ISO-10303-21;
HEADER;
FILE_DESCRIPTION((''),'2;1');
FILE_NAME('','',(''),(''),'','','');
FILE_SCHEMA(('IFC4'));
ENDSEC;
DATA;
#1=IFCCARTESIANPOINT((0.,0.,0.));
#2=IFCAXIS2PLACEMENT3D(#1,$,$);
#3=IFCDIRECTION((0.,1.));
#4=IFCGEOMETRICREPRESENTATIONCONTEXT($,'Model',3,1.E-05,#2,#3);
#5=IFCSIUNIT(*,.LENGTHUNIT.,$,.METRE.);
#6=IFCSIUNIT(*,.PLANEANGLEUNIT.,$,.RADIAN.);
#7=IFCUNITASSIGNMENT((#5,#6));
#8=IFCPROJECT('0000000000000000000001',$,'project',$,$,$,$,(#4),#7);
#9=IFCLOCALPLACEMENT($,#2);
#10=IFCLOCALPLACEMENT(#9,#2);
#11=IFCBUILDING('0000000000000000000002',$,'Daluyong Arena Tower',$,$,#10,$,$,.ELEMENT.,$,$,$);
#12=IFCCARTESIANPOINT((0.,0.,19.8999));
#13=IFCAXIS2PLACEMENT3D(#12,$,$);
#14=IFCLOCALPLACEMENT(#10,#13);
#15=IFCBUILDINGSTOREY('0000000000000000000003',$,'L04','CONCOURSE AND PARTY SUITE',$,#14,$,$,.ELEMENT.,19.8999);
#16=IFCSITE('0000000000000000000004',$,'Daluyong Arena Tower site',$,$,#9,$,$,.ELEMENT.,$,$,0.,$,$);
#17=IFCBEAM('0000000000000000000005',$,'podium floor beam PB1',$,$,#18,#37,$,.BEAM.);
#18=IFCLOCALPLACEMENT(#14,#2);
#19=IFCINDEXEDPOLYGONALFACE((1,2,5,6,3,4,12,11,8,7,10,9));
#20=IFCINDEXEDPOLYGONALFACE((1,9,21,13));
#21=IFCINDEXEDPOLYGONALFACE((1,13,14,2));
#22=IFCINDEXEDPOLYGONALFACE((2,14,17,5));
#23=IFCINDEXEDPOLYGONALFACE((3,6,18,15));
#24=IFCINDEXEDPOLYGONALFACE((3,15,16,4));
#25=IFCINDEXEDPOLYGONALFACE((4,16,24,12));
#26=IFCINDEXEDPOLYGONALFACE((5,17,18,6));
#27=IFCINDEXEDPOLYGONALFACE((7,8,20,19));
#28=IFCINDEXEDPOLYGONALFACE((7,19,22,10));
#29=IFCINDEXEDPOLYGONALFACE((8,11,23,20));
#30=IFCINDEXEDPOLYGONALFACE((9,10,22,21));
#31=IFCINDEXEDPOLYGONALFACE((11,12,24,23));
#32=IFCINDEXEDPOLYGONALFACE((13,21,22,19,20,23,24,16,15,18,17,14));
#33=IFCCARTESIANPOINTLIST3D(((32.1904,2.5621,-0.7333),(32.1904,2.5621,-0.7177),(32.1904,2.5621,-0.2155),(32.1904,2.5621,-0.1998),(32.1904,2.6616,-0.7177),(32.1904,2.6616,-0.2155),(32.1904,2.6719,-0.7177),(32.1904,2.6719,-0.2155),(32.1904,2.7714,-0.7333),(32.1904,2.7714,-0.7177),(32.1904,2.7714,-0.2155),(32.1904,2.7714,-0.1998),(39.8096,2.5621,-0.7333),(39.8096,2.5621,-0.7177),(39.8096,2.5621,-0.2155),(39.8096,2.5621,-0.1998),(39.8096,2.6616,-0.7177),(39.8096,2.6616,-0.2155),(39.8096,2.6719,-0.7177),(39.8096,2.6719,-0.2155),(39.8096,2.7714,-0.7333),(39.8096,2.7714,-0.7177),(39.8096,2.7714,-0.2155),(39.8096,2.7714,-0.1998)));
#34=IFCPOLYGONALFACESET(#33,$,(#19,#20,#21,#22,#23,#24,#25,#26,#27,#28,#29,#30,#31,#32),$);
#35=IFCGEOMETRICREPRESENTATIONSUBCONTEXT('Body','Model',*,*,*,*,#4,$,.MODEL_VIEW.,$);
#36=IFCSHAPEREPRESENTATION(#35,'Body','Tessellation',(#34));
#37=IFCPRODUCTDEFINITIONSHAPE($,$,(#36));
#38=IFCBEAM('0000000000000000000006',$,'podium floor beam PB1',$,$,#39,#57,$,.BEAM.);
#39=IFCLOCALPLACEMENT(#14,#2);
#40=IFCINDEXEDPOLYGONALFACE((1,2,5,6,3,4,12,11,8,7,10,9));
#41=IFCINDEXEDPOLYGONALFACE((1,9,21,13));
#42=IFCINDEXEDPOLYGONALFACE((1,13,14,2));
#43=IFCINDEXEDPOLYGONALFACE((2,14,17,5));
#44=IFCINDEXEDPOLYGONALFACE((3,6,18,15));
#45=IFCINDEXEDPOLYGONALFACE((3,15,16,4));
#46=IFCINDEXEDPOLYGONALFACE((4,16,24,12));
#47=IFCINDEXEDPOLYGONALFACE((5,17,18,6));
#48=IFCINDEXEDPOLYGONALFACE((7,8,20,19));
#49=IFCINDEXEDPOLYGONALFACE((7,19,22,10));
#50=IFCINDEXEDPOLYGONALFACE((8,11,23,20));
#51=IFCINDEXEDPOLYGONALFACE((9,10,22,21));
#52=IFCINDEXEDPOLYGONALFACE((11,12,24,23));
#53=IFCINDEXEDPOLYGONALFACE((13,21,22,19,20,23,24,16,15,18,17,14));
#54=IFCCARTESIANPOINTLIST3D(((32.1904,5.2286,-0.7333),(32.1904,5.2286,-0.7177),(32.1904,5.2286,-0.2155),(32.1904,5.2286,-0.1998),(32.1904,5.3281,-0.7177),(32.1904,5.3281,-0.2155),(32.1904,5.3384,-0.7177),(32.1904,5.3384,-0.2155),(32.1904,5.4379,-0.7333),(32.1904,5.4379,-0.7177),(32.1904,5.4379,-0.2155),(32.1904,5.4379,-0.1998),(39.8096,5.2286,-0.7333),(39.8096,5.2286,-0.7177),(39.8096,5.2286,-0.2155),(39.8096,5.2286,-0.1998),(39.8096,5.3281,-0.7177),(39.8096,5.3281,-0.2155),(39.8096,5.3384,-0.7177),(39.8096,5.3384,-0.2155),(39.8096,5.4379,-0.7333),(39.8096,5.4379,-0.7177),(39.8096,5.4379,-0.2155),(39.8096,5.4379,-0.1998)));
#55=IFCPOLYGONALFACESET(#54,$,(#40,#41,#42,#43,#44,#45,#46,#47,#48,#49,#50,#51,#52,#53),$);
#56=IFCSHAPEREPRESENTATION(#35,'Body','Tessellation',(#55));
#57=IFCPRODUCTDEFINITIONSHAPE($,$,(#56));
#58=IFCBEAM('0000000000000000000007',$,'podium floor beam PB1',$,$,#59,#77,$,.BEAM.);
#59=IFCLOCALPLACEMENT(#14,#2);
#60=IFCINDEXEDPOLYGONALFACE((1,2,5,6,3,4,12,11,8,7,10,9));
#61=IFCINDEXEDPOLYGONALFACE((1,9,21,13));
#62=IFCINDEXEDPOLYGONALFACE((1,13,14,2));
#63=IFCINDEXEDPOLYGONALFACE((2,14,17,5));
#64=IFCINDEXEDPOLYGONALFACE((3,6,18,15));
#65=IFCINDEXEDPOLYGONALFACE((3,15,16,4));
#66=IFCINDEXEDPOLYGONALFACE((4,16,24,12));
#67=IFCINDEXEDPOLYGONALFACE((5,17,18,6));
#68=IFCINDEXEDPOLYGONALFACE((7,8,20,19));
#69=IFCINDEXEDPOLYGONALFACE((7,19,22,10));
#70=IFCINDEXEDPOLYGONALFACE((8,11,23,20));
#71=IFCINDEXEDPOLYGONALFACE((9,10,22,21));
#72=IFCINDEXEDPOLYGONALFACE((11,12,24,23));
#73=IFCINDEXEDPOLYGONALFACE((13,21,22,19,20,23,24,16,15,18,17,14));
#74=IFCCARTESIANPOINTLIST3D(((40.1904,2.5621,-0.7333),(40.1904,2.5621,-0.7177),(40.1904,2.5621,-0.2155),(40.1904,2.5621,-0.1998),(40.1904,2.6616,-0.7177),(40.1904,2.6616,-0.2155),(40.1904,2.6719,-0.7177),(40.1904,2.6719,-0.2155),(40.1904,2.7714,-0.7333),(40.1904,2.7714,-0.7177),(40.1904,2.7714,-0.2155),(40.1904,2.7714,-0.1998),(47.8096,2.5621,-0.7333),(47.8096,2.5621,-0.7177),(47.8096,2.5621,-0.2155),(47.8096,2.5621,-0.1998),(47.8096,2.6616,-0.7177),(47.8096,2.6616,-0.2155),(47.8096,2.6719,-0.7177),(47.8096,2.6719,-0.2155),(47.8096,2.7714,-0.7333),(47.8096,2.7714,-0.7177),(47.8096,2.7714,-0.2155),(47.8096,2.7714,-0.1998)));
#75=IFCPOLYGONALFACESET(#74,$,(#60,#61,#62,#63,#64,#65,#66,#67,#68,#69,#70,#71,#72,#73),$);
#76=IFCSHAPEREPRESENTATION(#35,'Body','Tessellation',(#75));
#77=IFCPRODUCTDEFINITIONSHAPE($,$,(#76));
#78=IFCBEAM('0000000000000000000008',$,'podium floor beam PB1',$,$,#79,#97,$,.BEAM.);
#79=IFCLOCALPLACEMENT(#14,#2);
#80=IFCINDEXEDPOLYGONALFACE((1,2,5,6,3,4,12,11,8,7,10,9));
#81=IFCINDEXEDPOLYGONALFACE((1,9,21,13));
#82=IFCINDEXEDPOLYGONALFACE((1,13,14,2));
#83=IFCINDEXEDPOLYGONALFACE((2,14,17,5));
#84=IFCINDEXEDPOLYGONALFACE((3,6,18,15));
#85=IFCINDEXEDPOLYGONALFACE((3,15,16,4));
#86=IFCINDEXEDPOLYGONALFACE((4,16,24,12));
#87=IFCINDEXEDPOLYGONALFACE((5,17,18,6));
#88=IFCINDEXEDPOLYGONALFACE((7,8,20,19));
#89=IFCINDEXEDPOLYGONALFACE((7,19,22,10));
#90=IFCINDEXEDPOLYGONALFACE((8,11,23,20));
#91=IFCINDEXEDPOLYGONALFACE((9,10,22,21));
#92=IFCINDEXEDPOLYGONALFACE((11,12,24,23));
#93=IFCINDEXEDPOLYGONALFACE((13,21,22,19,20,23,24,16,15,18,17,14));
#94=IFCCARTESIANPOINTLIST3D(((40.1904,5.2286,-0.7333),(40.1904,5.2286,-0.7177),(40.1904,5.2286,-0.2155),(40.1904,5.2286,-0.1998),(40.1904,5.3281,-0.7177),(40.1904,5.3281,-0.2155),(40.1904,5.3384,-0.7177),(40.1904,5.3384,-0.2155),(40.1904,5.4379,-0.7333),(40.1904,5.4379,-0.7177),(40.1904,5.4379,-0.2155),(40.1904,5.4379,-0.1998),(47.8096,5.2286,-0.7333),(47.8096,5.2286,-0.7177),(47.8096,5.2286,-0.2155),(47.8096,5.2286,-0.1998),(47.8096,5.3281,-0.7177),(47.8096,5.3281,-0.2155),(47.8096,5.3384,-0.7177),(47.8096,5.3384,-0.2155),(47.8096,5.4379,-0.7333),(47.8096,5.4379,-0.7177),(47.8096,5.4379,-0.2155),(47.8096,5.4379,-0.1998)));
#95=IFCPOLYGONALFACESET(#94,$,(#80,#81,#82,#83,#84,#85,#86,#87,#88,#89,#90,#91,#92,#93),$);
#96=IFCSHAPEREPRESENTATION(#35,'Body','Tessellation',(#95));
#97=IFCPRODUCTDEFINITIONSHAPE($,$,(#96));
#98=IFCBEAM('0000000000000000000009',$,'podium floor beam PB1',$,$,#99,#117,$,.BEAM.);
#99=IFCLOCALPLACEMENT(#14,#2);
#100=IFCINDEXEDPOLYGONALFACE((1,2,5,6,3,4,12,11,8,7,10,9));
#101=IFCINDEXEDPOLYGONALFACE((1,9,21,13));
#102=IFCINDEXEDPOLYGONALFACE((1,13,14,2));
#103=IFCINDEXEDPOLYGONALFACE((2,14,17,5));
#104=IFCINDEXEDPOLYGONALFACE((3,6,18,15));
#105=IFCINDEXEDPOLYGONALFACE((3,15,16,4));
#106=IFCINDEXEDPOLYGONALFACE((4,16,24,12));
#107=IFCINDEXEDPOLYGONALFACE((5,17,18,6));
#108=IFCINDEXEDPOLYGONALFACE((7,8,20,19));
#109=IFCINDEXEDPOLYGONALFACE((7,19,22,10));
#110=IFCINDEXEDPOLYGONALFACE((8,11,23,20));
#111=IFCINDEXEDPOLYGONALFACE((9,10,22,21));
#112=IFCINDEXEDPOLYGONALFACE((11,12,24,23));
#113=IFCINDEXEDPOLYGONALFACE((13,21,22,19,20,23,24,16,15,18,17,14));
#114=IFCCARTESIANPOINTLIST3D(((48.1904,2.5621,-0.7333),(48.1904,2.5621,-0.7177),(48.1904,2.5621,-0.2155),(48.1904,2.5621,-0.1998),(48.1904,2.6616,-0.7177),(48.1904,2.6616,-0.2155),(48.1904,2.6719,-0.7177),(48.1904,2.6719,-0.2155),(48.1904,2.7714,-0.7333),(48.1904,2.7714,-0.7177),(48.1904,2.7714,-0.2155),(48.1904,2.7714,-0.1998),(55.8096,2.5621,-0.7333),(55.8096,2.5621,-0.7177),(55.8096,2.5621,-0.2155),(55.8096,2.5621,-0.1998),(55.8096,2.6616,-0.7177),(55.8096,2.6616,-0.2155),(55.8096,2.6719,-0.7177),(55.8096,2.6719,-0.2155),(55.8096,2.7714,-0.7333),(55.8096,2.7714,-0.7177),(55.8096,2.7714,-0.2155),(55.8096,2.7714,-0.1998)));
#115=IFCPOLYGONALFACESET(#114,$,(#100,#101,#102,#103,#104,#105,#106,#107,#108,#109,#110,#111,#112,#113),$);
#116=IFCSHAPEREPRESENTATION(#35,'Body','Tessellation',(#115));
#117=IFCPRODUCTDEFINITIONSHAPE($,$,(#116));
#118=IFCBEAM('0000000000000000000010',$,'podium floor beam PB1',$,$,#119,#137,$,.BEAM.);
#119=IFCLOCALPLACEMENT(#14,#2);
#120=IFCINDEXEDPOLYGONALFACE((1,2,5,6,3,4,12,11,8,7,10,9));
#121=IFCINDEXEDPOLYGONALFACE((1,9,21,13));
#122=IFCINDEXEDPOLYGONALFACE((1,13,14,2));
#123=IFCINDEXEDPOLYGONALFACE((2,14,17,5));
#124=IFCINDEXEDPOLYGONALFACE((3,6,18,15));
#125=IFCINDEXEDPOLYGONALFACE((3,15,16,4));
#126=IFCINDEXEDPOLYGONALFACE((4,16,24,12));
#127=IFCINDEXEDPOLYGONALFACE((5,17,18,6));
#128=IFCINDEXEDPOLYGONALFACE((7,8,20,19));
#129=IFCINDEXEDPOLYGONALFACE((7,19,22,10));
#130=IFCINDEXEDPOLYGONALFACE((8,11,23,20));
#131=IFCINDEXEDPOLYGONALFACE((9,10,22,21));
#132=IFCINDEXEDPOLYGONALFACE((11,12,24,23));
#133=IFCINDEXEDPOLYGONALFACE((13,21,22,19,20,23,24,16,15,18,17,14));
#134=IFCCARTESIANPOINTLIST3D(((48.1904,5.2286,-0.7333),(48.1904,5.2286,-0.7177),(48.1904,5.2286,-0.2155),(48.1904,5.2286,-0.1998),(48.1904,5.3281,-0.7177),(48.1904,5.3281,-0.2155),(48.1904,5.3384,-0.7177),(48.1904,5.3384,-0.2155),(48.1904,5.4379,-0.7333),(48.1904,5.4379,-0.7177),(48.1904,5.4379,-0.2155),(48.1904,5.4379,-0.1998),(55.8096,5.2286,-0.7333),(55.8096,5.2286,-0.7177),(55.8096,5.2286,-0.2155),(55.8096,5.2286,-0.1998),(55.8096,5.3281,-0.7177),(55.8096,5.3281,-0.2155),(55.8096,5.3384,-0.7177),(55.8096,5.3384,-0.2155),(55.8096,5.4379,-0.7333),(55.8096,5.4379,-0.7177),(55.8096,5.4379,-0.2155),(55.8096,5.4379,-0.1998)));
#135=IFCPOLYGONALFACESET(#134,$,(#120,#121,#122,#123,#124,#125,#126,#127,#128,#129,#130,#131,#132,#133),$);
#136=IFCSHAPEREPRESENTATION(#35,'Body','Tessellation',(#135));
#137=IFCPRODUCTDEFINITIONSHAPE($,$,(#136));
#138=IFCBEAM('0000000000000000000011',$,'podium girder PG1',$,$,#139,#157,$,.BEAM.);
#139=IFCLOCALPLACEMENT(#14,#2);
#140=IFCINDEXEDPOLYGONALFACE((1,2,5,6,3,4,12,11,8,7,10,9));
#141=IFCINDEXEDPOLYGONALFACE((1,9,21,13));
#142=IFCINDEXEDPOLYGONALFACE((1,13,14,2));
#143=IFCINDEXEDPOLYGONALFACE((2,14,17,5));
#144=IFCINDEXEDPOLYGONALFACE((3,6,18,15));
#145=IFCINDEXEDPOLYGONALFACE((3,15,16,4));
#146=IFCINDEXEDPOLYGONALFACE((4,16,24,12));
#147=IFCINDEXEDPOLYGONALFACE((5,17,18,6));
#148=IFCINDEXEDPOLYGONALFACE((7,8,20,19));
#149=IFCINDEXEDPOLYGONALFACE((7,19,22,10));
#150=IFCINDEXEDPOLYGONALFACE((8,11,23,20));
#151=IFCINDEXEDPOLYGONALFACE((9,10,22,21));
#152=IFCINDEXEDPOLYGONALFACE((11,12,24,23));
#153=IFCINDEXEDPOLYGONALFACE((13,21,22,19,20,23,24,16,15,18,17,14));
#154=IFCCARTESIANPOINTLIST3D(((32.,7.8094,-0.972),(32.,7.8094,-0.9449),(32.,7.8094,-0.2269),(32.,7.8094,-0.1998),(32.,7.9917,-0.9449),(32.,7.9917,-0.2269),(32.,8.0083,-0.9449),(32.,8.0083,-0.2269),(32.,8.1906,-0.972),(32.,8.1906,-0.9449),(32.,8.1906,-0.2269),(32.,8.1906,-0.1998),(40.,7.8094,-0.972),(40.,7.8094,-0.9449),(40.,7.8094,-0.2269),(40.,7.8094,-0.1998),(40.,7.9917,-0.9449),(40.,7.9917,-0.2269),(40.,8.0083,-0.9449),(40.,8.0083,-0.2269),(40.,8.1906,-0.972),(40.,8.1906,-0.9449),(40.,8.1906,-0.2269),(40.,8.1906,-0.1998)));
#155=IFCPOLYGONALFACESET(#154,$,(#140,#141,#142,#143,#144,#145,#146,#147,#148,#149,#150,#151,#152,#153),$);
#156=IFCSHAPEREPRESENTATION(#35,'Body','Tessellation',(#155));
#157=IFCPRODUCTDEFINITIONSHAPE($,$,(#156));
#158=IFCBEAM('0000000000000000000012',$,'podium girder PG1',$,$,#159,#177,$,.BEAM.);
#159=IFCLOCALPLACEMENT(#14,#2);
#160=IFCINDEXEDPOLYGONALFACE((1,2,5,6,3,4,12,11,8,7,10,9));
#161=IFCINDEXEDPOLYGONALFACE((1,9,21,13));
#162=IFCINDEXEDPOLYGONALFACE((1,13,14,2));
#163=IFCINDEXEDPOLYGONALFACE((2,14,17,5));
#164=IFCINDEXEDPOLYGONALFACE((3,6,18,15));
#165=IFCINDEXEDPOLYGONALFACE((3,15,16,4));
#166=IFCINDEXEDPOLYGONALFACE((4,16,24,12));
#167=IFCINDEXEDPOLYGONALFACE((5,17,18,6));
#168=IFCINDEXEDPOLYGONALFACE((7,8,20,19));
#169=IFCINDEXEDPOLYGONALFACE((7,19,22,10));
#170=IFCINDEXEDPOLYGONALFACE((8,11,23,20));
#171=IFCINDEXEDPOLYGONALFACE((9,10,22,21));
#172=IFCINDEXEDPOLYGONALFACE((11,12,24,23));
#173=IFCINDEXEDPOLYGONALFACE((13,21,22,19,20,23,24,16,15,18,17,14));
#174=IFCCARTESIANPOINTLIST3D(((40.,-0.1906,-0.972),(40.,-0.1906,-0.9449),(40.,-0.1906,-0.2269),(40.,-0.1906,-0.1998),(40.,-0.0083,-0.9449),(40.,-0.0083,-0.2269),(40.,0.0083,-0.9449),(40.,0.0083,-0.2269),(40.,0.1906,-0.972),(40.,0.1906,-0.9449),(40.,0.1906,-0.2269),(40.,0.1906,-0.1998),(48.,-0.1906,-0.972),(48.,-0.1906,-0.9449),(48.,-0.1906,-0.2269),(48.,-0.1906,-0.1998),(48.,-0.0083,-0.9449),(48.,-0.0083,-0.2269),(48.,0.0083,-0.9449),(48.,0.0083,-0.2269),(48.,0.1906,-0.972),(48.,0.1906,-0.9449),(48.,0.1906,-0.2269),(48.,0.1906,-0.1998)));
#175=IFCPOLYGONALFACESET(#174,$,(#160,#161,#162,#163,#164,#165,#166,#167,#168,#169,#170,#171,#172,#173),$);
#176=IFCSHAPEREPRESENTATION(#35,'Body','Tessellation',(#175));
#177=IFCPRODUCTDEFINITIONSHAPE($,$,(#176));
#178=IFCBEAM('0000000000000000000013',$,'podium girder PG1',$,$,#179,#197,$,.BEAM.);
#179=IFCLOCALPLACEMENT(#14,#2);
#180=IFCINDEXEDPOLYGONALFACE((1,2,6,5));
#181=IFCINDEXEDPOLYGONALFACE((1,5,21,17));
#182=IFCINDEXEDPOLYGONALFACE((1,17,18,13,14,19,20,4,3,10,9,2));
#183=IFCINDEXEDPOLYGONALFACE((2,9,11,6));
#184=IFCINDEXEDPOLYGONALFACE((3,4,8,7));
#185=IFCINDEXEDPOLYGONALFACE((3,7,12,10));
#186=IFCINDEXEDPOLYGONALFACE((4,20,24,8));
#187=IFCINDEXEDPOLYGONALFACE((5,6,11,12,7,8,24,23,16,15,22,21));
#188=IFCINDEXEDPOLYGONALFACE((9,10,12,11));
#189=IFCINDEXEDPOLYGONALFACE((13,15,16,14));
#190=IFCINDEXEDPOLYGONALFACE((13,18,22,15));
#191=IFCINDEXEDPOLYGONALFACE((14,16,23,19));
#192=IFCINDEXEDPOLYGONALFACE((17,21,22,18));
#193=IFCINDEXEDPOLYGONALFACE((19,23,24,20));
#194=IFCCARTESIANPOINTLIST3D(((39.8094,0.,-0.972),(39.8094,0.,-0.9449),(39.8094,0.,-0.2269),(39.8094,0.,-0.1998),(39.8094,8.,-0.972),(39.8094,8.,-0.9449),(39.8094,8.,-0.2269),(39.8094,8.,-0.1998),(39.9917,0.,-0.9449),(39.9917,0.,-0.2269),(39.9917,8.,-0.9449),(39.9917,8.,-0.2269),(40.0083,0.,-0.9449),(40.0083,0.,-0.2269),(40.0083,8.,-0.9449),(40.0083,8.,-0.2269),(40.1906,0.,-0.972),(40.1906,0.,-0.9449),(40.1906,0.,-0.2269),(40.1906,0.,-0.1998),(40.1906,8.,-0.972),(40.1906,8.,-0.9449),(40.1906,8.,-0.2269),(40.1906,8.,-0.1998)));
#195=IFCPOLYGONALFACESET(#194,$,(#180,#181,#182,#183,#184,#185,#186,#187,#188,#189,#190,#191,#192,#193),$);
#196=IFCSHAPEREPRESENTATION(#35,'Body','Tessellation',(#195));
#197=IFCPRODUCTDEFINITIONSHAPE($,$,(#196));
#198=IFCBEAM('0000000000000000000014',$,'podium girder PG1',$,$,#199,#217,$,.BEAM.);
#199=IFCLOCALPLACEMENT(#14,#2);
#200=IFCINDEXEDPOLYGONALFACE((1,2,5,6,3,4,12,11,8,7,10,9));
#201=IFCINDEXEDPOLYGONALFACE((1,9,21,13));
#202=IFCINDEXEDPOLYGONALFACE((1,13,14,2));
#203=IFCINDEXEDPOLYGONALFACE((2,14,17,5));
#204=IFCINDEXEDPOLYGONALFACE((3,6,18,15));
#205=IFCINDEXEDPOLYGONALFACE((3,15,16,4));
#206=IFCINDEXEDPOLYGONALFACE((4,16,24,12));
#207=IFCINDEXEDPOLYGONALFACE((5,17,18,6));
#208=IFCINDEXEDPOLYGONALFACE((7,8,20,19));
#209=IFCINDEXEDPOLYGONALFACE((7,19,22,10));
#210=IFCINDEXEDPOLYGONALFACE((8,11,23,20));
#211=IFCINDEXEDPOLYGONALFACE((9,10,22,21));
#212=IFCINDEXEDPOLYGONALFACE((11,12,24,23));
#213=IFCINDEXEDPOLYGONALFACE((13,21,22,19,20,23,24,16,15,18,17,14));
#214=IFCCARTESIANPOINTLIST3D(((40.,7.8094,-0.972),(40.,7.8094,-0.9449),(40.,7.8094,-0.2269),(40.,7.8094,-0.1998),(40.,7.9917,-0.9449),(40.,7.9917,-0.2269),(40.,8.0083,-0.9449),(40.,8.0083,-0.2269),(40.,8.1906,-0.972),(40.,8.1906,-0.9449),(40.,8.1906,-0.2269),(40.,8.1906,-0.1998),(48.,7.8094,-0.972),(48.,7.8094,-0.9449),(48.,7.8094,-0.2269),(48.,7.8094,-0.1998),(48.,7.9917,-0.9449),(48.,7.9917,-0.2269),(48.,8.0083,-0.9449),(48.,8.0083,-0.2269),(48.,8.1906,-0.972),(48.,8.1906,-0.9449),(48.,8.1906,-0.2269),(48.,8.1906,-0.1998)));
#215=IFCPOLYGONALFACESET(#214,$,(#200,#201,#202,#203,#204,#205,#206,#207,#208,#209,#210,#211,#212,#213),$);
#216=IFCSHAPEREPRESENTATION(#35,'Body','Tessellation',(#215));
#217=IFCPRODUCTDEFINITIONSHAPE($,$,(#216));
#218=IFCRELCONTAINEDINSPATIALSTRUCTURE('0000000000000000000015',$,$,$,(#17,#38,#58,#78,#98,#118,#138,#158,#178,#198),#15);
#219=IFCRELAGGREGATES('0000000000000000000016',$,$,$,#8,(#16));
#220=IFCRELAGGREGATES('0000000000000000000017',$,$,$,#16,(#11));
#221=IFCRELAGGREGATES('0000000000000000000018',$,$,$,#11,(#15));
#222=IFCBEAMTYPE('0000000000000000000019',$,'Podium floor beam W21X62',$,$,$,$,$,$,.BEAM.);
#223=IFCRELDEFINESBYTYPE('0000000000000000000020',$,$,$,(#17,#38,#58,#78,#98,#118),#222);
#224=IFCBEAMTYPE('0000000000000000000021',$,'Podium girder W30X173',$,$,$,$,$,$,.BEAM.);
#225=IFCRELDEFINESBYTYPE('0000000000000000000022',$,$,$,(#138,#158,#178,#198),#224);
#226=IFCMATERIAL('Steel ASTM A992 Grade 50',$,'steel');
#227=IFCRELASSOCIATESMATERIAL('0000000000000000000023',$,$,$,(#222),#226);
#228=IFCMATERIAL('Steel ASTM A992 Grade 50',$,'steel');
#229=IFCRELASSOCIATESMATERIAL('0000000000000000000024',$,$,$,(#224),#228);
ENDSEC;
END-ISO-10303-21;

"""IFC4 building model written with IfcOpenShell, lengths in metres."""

from ifc_helpers import new_model, si_unit, direction, frame, origin, origin_2d, place, context, subcontext, project, spatial, i_section, extrude, material, material_profile, profile_set, type_object, element, save


model = new_model("IFC4")

# Units and contexts
model_context = context("Model", 3, precision=1e-05, world=origin(), true_north=direction((0.0, 1.0)))
body_context = subcontext(model_context, "Body", "Model", "MODEL_VIEW")
ifc_project = project(units=[si_unit("LENGTHUNIT", "METRE"), si_unit("PLANEANGLEUNIT", "RADIAN")], contexts=[model_context])

# Site, building, storey
site_placement = place(None, origin())
site = spatial("IfcSite", under=ifc_project, at=site_placement, Name="Daluyong Arena Tower site", CompositionType="ELEMENT", RefElevation=0.0)
building_placement = place(site_placement, origin())
building = spatial("IfcBuilding", under=site, at=building_placement, Name="Daluyong Arena Tower", CompositionType="ELEMENT")
storey_placement = place(building_placement, frame((0.0, 0.0, 19.8999)))
storey = spatial("IfcBuildingStorey", under=building, at=storey_placement, Name="L04", Description="CONCOURSE AND PARTY SUITE", CompositionType="ELEMENT", Elevation=19.8999)

# Beams
ifc_material_1 = material(Name="Steel ASTM A992 Grade 50", Category="steel")
ifc_material_profile_1 = material_profile(ifc_material_1, i_section(OverallWidth=0.2092, OverallDepth=0.5334, WebThickness=0.0103, FlangeThickness=0.0156, at=origin_2d()))
ifc_profile_set_1 = profile_set([ifc_material_profile_1], Name="Steel ASTM A992 Grade 50")
beam_type_1 = type_object("IfcBeamType", Name="Podium floor beam W21X62", PredefinedType="BEAM", material=ifc_profile_set_1)
for number, where, z_axis, x_axis, name in (
    (1, (32.1904, 2.6667, -0.4666), (1.0, 0.0, 0.0), (0.0, 1.0, 0.0), "podium floor beam PB1"),
    (2, (32.1904, 5.3333, -0.4666), (1.0, 0.0, 0.0), (0.0, 1.0, 0.0), "podium floor beam PB1"),
    (3, (40.1904, 2.6667, -0.4666), (1.0, 0.0, 0.0), (0.0, 1.0, 0.0), "podium floor beam PB1"),
    (4, (40.1904, 5.3333, -0.4666), (1.0, 0.0, 0.0), (0.0, 1.0, 0.0), "podium floor beam PB1"),
    (5, (48.1904, 2.6667, -0.4666), (1.0, 0.0, 0.0), (0.0, 1.0, 0.0), "podium floor beam PB1"),
    (6, (48.1904, 5.3333, -0.4666), (1.0, 0.0, 0.0), (0.0, 1.0, 0.0), "podium floor beam PB1"),
):
    element("IfcBeam", number, at=place(storey_placement, frame(where, z_axis=z_axis, x_axis=x_axis)), inside=storey, type_object=beam_type_1, Name=name, PredefinedType="BEAM", context=body_context, shape_type="SweptSolid", body=[
        extrude(i_section(OverallWidth=0.2092, OverallDepth=0.5334, WebThickness=0.0103, FlangeThickness=0.0156, at=origin_2d()), origin(), (0.0, 0.0, 1.0), 7.6191),
    ])
ifc_material_2 = material(Name="Steel ASTM A992 Grade 50", Category="steel")
ifc_material_profile_2 = material_profile(ifc_material_2, i_section(OverallWidth=0.3811, OverallDepth=0.7722, WebThickness=0.0166, FlangeThickness=0.0271, at=origin_2d()))
ifc_profile_set_2 = profile_set([ifc_material_profile_2], Name="Steel ASTM A992 Grade 50")
beam_type_2 = type_object("IfcBeamType", Name="Podium girder W30X173", PredefinedType="BEAM", material=ifc_profile_set_2)
for number, where, z_axis, x_axis, name in (
    (7, (32.0, 8.0, -0.5859), (1.0, 0.0, 0.0), (0.0, 1.0, 0.0), "podium girder PG1"),
    (8, (40.0, 0.0, -0.5859), (1.0, 0.0, 0.0), (0.0, 1.0, 0.0), "podium girder PG1"),
    (9, (40.0, 0.0, -0.5859), (0.0, 1.0, 0.0), (-1.0, 0.0, 0.0), "podium girder PG1"),
    (10, (40.0, 8.0, -0.5859), (1.0, 0.0, 0.0), (0.0, 1.0, 0.0), "podium girder PG1"),
):
    element("IfcBeam", number, at=place(storey_placement, frame(where, z_axis=z_axis, x_axis=x_axis)), inside=storey, type_object=beam_type_2, Name=name, PredefinedType="BEAM", context=body_context, shape_type="SweptSolid", body=[
        extrude(i_section(OverallWidth=0.3811, OverallDepth=0.7722, WebThickness=0.0166, FlangeThickness=0.0271, at=origin_2d()), origin(), (0.0, 0.0, 1.0), 8.0),
    ])

save(model, "model.ifc")
